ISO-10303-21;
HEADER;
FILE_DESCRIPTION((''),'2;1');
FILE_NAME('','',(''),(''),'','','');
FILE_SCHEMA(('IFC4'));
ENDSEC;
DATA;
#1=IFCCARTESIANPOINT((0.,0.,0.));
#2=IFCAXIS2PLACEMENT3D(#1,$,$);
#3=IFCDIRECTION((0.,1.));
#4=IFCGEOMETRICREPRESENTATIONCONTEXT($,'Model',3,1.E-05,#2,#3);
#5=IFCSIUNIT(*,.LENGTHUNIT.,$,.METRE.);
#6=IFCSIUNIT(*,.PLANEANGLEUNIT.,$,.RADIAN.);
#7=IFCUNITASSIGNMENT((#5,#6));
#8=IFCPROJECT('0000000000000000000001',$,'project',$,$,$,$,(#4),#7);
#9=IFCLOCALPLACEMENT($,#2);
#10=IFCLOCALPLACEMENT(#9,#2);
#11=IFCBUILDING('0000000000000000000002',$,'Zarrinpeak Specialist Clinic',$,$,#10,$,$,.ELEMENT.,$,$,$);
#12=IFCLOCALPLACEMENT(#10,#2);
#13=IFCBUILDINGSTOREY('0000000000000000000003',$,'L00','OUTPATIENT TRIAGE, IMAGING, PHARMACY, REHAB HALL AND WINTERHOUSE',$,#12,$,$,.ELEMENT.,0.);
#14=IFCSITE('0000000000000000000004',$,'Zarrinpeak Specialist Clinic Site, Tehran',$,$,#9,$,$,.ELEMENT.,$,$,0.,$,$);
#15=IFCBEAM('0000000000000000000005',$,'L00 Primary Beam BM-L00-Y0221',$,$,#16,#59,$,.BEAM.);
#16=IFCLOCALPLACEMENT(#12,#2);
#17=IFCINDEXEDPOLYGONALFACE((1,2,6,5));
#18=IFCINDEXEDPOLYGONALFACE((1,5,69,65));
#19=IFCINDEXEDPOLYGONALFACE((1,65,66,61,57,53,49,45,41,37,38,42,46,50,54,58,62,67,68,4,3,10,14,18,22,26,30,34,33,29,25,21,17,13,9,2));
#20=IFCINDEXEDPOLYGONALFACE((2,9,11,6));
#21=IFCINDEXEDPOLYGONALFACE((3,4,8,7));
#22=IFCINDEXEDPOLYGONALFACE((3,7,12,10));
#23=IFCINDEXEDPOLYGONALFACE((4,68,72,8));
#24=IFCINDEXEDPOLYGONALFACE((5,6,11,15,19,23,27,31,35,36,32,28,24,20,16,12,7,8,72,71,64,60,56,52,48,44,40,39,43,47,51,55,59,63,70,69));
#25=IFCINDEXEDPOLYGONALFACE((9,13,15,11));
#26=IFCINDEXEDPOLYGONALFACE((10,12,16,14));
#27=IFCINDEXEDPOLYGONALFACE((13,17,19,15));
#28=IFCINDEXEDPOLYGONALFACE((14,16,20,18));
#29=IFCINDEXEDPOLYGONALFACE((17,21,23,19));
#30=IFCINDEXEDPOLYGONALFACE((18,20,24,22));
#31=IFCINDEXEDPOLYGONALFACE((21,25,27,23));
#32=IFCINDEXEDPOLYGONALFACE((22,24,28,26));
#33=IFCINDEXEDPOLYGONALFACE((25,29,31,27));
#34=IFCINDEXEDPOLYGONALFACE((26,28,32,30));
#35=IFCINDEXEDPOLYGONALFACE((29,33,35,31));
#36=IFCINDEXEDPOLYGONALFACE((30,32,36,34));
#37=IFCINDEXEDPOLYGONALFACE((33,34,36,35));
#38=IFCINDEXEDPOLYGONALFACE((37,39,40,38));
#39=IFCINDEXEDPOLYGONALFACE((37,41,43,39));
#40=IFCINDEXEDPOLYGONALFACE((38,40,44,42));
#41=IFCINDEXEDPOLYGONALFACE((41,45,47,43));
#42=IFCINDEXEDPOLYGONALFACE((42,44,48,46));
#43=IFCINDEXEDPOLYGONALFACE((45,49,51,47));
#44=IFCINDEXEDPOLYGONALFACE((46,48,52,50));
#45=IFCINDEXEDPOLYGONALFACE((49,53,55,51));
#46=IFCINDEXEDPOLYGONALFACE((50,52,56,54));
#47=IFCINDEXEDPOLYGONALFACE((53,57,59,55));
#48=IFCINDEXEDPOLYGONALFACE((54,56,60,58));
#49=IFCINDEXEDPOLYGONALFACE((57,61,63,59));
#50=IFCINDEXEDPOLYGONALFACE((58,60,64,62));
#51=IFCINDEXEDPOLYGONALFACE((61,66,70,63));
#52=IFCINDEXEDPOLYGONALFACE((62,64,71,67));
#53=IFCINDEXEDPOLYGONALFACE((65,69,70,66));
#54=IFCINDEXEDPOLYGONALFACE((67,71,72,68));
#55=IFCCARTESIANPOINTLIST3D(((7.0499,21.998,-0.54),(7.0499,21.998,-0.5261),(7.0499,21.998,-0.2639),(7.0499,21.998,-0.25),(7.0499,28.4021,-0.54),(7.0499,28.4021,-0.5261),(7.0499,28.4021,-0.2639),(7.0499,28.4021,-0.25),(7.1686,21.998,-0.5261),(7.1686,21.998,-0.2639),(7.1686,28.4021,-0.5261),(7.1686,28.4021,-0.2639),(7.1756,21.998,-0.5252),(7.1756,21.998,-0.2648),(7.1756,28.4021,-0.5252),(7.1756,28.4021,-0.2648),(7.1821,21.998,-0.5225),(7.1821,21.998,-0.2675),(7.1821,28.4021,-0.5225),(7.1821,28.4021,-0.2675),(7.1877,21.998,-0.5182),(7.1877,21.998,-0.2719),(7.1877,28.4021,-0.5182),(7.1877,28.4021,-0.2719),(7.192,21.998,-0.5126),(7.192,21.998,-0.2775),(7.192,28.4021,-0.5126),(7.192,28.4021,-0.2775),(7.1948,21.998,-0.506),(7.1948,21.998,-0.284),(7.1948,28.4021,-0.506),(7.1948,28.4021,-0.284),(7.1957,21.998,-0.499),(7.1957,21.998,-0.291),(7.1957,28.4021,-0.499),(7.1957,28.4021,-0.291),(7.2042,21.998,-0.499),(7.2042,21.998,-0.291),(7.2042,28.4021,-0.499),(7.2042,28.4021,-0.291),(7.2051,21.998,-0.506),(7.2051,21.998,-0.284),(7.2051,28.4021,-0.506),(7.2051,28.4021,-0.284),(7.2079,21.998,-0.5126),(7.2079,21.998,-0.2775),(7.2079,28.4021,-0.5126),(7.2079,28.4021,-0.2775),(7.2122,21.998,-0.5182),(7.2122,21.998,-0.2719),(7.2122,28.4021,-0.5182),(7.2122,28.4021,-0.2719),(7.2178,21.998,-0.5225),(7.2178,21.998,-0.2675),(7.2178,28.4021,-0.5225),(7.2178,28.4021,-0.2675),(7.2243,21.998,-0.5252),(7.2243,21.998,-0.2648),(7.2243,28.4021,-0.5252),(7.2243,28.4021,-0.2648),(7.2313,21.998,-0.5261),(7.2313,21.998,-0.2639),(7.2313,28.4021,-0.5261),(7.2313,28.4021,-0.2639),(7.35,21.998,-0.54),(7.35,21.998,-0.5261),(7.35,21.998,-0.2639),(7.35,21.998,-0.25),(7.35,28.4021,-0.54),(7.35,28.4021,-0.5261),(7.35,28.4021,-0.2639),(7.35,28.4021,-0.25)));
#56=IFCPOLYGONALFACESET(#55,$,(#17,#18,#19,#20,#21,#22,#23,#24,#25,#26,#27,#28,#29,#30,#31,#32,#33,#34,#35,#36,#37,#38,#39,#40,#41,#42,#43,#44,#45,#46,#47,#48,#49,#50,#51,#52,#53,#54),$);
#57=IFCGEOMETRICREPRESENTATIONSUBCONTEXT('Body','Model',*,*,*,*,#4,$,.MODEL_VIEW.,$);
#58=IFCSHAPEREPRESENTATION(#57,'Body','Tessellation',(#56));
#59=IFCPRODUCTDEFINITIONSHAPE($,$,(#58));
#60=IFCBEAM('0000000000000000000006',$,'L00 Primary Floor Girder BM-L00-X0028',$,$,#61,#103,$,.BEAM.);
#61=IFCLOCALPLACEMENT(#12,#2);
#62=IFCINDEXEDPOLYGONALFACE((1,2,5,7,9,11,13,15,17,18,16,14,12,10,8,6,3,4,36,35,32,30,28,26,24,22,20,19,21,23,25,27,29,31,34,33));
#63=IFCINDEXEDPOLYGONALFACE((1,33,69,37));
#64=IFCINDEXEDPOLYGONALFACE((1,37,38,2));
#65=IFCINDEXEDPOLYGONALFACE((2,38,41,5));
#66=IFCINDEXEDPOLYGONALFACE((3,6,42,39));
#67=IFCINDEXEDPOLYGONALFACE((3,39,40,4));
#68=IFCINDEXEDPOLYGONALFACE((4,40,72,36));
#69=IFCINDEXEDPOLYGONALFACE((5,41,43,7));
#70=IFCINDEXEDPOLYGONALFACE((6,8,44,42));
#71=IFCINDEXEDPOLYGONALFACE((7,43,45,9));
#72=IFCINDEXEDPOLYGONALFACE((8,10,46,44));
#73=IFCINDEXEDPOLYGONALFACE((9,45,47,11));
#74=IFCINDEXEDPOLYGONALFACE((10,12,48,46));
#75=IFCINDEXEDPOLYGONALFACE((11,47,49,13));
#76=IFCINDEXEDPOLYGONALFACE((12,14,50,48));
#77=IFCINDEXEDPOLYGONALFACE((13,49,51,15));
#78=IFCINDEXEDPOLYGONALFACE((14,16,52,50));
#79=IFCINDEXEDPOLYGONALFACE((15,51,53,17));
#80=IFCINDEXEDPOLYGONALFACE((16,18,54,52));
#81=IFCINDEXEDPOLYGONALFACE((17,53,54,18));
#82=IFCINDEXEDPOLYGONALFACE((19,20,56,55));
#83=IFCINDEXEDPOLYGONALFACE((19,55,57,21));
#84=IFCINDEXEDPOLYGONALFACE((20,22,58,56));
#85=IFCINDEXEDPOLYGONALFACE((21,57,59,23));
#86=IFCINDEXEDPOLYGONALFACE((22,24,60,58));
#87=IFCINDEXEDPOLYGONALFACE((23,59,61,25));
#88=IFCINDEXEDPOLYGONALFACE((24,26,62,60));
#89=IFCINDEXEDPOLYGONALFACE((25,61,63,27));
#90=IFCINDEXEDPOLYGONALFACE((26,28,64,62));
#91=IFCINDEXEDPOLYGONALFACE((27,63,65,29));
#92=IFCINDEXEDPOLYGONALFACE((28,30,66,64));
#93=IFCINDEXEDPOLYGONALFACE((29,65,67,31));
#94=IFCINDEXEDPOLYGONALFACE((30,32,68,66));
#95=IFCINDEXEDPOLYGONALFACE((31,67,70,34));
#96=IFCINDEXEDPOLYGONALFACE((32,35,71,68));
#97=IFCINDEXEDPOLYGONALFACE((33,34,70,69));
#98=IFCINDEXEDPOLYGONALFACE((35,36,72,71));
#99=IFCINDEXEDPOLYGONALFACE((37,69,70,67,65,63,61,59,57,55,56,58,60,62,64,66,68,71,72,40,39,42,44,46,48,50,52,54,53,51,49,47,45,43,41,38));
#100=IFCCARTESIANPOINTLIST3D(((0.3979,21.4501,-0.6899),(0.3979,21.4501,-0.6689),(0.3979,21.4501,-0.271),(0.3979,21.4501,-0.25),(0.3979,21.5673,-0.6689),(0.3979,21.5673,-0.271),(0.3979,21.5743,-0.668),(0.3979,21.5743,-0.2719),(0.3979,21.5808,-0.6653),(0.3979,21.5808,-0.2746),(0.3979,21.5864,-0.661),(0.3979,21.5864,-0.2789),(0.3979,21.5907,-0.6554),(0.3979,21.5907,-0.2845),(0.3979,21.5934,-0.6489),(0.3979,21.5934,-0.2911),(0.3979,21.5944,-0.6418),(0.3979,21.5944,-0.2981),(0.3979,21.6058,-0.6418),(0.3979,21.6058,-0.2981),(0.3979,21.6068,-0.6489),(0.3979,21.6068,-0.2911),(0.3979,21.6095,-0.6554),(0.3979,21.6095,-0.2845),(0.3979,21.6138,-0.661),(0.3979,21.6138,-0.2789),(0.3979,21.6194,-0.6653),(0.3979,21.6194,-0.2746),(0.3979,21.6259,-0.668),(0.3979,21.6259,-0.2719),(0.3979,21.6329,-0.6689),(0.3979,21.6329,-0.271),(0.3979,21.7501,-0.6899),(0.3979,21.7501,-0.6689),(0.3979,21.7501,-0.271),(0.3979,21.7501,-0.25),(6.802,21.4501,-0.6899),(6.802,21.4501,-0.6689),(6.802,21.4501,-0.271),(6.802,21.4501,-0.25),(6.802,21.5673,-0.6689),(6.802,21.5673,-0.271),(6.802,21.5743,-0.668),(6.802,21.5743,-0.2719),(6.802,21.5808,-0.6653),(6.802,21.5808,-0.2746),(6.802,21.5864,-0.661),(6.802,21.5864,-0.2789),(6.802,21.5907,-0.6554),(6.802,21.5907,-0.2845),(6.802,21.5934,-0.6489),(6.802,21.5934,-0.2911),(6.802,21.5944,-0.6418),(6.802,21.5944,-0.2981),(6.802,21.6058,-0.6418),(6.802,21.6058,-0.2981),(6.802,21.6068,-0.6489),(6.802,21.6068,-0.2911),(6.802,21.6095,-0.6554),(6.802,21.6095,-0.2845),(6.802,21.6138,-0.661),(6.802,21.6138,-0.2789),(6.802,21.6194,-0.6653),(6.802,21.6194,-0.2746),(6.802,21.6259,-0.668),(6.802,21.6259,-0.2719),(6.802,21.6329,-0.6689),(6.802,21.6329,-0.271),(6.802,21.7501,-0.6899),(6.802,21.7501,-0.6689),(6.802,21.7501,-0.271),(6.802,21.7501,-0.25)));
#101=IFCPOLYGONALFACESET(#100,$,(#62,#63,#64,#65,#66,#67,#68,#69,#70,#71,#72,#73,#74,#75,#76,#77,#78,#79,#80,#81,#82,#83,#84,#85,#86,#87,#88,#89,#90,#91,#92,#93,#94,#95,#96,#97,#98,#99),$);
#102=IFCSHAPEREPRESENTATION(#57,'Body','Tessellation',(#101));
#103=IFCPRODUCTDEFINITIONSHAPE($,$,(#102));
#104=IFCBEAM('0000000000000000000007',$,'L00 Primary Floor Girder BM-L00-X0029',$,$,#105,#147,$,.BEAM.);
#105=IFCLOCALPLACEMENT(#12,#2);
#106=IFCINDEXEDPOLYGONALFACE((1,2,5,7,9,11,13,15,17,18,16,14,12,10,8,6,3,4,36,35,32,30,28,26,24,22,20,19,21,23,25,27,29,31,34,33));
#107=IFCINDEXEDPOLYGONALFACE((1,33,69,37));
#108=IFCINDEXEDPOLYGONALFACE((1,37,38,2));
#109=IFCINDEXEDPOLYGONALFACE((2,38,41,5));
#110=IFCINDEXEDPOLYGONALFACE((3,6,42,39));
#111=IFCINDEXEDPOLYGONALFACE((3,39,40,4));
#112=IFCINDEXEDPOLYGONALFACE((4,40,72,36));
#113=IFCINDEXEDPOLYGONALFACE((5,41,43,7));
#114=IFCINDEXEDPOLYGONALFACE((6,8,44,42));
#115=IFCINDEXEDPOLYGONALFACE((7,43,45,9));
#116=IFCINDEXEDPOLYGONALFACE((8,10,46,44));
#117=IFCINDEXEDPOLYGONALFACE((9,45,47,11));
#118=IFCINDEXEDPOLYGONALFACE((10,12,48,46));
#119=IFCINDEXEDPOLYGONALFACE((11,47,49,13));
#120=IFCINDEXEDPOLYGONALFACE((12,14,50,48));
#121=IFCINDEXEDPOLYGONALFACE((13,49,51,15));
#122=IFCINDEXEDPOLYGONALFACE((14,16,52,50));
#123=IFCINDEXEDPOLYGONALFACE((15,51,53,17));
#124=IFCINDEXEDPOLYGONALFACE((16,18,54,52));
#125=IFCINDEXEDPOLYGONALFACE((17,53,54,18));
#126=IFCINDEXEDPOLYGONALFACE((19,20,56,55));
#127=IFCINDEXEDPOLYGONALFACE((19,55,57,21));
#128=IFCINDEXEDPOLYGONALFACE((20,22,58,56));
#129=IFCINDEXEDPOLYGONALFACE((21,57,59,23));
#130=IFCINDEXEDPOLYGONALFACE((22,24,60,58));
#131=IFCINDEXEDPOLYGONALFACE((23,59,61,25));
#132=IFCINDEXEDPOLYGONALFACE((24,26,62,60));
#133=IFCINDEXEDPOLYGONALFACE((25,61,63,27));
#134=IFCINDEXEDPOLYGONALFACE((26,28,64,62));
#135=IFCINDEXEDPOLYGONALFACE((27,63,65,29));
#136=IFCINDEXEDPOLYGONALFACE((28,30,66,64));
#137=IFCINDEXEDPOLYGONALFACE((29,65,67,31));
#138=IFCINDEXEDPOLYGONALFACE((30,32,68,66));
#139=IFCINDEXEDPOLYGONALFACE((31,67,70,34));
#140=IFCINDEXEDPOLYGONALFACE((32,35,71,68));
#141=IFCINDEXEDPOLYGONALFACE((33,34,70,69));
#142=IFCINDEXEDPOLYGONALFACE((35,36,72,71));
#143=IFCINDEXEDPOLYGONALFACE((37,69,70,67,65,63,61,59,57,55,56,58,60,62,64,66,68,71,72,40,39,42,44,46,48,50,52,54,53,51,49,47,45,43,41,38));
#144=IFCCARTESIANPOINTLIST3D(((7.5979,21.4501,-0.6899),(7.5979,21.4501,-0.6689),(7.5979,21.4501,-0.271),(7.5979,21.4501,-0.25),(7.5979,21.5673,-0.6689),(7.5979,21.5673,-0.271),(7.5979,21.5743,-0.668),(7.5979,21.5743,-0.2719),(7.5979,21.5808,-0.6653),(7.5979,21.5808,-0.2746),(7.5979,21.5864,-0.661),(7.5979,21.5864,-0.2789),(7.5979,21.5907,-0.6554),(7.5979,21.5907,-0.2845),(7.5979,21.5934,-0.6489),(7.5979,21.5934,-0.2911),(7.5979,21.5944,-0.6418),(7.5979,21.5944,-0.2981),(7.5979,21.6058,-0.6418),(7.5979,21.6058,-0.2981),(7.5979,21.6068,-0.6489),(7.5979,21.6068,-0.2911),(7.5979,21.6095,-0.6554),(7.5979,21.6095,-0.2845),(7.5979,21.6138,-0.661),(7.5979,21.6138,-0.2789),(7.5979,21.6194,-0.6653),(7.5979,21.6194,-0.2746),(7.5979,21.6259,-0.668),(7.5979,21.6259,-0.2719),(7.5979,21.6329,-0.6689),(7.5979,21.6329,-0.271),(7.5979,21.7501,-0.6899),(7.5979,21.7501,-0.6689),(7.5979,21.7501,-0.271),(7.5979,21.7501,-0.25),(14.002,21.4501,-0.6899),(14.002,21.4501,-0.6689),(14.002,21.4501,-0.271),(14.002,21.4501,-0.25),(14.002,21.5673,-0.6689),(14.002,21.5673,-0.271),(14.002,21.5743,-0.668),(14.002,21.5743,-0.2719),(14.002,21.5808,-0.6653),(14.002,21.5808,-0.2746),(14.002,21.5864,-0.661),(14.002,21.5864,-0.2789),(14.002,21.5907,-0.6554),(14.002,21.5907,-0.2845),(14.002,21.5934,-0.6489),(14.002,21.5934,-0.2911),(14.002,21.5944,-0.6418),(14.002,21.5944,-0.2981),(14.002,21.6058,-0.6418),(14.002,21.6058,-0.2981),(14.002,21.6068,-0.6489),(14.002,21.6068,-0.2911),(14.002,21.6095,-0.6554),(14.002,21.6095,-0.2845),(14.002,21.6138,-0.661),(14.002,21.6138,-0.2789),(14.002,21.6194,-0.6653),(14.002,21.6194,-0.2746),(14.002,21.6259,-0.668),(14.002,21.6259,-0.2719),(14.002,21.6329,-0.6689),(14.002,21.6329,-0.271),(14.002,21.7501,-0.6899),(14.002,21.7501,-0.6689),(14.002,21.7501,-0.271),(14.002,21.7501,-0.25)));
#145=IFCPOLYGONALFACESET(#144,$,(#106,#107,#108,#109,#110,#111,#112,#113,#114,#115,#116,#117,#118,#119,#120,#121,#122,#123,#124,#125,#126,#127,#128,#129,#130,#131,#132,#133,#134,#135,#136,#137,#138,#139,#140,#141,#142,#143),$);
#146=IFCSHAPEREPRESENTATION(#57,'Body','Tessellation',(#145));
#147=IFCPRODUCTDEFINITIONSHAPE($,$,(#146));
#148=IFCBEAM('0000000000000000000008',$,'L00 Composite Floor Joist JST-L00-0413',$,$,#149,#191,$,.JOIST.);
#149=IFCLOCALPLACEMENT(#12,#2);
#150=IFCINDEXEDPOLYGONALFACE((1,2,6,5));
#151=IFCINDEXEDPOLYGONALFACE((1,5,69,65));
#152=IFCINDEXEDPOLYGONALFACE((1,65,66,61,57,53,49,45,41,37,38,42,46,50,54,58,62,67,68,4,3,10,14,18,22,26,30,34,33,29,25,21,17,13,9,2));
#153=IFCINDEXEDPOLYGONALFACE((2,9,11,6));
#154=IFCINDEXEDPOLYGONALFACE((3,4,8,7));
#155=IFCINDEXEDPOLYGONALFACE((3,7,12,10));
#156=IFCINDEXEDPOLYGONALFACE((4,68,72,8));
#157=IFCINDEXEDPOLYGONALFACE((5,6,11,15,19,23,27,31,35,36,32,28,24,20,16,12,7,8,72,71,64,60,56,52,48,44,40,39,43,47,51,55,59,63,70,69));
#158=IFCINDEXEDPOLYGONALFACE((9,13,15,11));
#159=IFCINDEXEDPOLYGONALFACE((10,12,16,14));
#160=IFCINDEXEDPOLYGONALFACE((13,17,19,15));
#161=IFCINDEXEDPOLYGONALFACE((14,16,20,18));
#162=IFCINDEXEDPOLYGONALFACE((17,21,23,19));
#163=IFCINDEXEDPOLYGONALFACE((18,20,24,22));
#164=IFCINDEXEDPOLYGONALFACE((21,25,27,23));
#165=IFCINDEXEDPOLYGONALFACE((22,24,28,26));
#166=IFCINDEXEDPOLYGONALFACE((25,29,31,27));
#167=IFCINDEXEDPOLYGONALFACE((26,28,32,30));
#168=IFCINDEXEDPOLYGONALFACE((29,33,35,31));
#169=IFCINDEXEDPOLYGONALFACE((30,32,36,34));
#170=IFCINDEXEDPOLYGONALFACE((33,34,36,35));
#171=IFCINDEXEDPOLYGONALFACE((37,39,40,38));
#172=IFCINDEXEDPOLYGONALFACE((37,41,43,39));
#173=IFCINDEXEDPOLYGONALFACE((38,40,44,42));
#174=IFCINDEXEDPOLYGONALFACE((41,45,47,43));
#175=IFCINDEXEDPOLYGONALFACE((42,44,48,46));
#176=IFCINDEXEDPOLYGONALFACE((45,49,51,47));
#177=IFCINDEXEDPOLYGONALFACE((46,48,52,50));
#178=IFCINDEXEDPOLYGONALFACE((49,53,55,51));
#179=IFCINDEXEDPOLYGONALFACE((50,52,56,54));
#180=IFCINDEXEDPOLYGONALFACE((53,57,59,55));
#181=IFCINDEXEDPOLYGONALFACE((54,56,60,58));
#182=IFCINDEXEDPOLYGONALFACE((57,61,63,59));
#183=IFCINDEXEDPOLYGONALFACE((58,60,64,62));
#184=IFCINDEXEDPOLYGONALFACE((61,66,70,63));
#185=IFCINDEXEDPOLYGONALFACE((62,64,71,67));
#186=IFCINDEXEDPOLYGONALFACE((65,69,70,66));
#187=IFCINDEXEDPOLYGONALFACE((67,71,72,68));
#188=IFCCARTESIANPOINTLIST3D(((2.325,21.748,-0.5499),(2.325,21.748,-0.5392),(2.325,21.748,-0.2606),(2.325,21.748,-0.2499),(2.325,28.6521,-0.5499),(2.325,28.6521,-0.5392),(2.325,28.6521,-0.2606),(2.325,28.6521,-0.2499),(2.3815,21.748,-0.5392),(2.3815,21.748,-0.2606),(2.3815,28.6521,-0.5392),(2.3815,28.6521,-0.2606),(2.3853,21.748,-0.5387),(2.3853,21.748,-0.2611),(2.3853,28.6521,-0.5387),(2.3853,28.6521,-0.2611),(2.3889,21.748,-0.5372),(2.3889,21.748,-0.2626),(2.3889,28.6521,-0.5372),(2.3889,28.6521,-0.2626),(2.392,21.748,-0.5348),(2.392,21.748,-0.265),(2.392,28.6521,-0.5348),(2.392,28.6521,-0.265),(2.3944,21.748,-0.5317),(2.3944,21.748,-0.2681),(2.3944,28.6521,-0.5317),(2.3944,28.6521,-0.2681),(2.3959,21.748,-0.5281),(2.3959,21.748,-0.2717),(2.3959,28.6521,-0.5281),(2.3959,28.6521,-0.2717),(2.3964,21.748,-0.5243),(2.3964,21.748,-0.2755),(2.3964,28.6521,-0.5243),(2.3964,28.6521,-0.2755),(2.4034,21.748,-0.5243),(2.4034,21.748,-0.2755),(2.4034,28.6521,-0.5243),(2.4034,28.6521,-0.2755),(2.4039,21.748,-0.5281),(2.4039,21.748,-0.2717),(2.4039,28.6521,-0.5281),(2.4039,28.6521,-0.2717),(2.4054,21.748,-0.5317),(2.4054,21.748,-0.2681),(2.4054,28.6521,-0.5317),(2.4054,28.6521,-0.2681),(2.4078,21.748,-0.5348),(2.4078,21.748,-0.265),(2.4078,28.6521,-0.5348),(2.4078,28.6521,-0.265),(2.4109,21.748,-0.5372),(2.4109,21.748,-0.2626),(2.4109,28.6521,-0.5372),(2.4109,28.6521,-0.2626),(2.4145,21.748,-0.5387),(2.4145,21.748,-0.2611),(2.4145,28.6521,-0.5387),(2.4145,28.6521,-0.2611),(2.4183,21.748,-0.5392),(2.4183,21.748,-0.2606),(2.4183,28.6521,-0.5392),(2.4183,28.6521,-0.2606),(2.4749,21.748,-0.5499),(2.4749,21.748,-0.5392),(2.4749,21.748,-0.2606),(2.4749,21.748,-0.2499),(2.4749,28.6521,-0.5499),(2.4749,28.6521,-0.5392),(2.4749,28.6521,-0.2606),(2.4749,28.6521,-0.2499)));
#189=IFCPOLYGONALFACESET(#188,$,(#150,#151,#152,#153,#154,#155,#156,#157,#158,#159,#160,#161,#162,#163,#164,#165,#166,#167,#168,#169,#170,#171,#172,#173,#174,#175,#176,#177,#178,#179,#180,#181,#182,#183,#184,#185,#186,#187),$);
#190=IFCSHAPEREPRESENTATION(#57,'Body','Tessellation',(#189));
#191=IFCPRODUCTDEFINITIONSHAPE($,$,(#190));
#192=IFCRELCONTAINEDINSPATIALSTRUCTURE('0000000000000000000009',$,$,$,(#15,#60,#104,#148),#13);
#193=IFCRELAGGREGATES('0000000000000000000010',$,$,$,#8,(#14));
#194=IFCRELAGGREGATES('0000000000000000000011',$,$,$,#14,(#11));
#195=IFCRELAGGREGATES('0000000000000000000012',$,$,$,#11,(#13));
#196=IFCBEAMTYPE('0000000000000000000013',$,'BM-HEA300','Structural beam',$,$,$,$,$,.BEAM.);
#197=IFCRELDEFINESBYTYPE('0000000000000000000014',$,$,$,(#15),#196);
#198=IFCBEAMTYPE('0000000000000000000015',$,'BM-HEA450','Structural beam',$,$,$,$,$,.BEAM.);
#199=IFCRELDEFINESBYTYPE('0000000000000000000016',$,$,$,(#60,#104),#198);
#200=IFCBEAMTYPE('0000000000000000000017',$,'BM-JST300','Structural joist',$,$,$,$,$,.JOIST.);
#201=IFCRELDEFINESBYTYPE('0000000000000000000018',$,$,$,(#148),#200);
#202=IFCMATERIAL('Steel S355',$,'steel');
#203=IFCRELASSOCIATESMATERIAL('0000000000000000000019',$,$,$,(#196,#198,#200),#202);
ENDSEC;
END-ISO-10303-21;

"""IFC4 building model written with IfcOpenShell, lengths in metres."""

from ifc_helpers import new_model, si_unit, direction, frame, origin, origin_2d, place, context, subcontext, project, spatial, i_section, extrude, material, material_profile, profile_set, type_object, element, save


model = new_model("IFC4")

# Units and contexts
model_context = context("Model", 3, precision=1e-05, world=origin(), true_north=direction((0.0, 1.0)))
body_context = subcontext(model_context, "Body", "Model", "MODEL_VIEW")
ifc_project = project(units=[si_unit("LENGTHUNIT", "METRE"), si_unit("PLANEANGLEUNIT", "RADIAN")], contexts=[model_context])

# Site, building, storey
site_placement = place(None, origin())
site = spatial("IfcSite", under=ifc_project, at=site_placement, Name="Zarrinpeak Specialist Clinic Site, Tehran", CompositionType="ELEMENT", RefElevation=0.0)
building_placement = place(site_placement, origin())
building = spatial("IfcBuilding", under=site, at=building_placement, Name="Zarrinpeak Specialist Clinic", CompositionType="ELEMENT")
storey_placement = place(building_placement, origin())
storey = spatial("IfcBuildingStorey", under=building, at=storey_placement, Name="L00", Description="OUTPATIENT TRIAGE, IMAGING, PHARMACY, REHAB HALL AND WINTERHOUSE", CompositionType="ELEMENT", Elevation=0.0)

# Shared definitions
ifc_material_1 = material(Name="Steel S355", Category="steel")

# Beams
ifc_material_profile_1 = material_profile(ifc_material_1, i_section(OverallWidth=0.3, OverallDepth=0.29, WebThickness=0.0085, FlangeThickness=0.0139, FilletRadius=0.0271, at=origin_2d()), Name="HEA 300")
ifc_profile_set_1 = profile_set([ifc_material_profile_1], Name="Steel S355")
beam_type_1 = type_object("IfcBeamType", Name="BM-HEA300", Description="Structural beam", PredefinedType="BEAM", material=ifc_profile_set_1)
beam_1_placement = place(storey_placement, frame((7.2, 21.998, -0.395), z_axis=(0.0, 1.0, 0.0), x_axis=(-1.0, 0.0, 0.0)))
element("IfcBeam", 1, at=beam_1_placement, inside=storey, type_object=beam_type_1, Name="L00 Primary Beam BM-L00-Y0221", PredefinedType="BEAM", context=body_context, shape_type="SweptSolid", body=[
    extrude(i_section(OverallWidth=0.3, OverallDepth=0.29, WebThickness=0.0085, FlangeThickness=0.0139, FilletRadius=0.0271, at=origin_2d()), origin(), (0.0, 0.0, 1.0), 6.4041),
])
ifc_material_profile_2 = material_profile(ifc_material_1, i_section(OverallWidth=0.3, OverallDepth=0.4399, WebThickness=0.0115, FlangeThickness=0.021, FilletRadius=0.0271, at=origin_2d()), Name="HEA 450")
ifc_profile_set_2 = profile_set([ifc_material_profile_2], Name="Steel S355")
beam_type_2 = type_object("IfcBeamType", Name="BM-HEA450", Description="Structural beam", PredefinedType="BEAM", material=ifc_profile_set_2)
for number, where, z_axis, x_axis, name in (
    (2, (0.3979, 21.6001, -0.47), (1.0, 0.0, 0.0), (0.0, 1.0, 0.0), "L00 Primary Floor Girder BM-L00-X0028"),
    (3, (7.5979, 21.6001, -0.47), (1.0, 0.0, 0.0), (0.0, 1.0, 0.0), "L00 Primary Floor Girder BM-L00-X0029"),
):
    element("IfcBeam", number, at=place(storey_placement, frame(where, z_axis=z_axis, x_axis=x_axis)), inside=storey, type_object=beam_type_2, Name=name, PredefinedType="BEAM", context=body_context, shape_type="SweptSolid", body=[
        extrude(i_section(OverallWidth=0.3, OverallDepth=0.4399, WebThickness=0.0115, FlangeThickness=0.021, FilletRadius=0.0271, at=origin_2d()), origin(), (0.0, 0.0, 1.0), 6.4041),
    ])
ifc_material_profile_3 = material_profile(ifc_material_1, i_section(OverallWidth=0.1499, OverallDepth=0.3, WebThickness=0.0071, FlangeThickness=0.0107, FilletRadius=0.0149, at=origin_2d()), Name="IPE 300")
ifc_profile_set_3 = profile_set([ifc_material_profile_3], Name="Steel S355")
beam_type_3 = type_object("IfcBeamType", Name="BM-JST300", Description="Structural joist", PredefinedType="JOIST", material=ifc_profile_set_3)
for number, where, z_axis, x_axis, name in (
    (4, (2.3999, 21.748, -0.3999), (0.0, 1.0, 0.0), (-1.0, 0.0, 0.0), "L00 Composite Floor Joist JST-L00-0413"),
):
    element("IfcBeam", number, at=place(storey_placement, frame(where, z_axis=z_axis, x_axis=x_axis)), inside=storey, type_object=beam_type_3, Name=name, PredefinedType="JOIST", context=body_context, shape_type="SweptSolid", body=[
        extrude(i_section(OverallWidth=0.1499, OverallDepth=0.3, WebThickness=0.0071, FlangeThickness=0.0107, FilletRadius=0.0149, at=origin_2d()), origin(), (0.0, 0.0, 1.0), 6.9041),
    ])

save(model, "model.ifc")
